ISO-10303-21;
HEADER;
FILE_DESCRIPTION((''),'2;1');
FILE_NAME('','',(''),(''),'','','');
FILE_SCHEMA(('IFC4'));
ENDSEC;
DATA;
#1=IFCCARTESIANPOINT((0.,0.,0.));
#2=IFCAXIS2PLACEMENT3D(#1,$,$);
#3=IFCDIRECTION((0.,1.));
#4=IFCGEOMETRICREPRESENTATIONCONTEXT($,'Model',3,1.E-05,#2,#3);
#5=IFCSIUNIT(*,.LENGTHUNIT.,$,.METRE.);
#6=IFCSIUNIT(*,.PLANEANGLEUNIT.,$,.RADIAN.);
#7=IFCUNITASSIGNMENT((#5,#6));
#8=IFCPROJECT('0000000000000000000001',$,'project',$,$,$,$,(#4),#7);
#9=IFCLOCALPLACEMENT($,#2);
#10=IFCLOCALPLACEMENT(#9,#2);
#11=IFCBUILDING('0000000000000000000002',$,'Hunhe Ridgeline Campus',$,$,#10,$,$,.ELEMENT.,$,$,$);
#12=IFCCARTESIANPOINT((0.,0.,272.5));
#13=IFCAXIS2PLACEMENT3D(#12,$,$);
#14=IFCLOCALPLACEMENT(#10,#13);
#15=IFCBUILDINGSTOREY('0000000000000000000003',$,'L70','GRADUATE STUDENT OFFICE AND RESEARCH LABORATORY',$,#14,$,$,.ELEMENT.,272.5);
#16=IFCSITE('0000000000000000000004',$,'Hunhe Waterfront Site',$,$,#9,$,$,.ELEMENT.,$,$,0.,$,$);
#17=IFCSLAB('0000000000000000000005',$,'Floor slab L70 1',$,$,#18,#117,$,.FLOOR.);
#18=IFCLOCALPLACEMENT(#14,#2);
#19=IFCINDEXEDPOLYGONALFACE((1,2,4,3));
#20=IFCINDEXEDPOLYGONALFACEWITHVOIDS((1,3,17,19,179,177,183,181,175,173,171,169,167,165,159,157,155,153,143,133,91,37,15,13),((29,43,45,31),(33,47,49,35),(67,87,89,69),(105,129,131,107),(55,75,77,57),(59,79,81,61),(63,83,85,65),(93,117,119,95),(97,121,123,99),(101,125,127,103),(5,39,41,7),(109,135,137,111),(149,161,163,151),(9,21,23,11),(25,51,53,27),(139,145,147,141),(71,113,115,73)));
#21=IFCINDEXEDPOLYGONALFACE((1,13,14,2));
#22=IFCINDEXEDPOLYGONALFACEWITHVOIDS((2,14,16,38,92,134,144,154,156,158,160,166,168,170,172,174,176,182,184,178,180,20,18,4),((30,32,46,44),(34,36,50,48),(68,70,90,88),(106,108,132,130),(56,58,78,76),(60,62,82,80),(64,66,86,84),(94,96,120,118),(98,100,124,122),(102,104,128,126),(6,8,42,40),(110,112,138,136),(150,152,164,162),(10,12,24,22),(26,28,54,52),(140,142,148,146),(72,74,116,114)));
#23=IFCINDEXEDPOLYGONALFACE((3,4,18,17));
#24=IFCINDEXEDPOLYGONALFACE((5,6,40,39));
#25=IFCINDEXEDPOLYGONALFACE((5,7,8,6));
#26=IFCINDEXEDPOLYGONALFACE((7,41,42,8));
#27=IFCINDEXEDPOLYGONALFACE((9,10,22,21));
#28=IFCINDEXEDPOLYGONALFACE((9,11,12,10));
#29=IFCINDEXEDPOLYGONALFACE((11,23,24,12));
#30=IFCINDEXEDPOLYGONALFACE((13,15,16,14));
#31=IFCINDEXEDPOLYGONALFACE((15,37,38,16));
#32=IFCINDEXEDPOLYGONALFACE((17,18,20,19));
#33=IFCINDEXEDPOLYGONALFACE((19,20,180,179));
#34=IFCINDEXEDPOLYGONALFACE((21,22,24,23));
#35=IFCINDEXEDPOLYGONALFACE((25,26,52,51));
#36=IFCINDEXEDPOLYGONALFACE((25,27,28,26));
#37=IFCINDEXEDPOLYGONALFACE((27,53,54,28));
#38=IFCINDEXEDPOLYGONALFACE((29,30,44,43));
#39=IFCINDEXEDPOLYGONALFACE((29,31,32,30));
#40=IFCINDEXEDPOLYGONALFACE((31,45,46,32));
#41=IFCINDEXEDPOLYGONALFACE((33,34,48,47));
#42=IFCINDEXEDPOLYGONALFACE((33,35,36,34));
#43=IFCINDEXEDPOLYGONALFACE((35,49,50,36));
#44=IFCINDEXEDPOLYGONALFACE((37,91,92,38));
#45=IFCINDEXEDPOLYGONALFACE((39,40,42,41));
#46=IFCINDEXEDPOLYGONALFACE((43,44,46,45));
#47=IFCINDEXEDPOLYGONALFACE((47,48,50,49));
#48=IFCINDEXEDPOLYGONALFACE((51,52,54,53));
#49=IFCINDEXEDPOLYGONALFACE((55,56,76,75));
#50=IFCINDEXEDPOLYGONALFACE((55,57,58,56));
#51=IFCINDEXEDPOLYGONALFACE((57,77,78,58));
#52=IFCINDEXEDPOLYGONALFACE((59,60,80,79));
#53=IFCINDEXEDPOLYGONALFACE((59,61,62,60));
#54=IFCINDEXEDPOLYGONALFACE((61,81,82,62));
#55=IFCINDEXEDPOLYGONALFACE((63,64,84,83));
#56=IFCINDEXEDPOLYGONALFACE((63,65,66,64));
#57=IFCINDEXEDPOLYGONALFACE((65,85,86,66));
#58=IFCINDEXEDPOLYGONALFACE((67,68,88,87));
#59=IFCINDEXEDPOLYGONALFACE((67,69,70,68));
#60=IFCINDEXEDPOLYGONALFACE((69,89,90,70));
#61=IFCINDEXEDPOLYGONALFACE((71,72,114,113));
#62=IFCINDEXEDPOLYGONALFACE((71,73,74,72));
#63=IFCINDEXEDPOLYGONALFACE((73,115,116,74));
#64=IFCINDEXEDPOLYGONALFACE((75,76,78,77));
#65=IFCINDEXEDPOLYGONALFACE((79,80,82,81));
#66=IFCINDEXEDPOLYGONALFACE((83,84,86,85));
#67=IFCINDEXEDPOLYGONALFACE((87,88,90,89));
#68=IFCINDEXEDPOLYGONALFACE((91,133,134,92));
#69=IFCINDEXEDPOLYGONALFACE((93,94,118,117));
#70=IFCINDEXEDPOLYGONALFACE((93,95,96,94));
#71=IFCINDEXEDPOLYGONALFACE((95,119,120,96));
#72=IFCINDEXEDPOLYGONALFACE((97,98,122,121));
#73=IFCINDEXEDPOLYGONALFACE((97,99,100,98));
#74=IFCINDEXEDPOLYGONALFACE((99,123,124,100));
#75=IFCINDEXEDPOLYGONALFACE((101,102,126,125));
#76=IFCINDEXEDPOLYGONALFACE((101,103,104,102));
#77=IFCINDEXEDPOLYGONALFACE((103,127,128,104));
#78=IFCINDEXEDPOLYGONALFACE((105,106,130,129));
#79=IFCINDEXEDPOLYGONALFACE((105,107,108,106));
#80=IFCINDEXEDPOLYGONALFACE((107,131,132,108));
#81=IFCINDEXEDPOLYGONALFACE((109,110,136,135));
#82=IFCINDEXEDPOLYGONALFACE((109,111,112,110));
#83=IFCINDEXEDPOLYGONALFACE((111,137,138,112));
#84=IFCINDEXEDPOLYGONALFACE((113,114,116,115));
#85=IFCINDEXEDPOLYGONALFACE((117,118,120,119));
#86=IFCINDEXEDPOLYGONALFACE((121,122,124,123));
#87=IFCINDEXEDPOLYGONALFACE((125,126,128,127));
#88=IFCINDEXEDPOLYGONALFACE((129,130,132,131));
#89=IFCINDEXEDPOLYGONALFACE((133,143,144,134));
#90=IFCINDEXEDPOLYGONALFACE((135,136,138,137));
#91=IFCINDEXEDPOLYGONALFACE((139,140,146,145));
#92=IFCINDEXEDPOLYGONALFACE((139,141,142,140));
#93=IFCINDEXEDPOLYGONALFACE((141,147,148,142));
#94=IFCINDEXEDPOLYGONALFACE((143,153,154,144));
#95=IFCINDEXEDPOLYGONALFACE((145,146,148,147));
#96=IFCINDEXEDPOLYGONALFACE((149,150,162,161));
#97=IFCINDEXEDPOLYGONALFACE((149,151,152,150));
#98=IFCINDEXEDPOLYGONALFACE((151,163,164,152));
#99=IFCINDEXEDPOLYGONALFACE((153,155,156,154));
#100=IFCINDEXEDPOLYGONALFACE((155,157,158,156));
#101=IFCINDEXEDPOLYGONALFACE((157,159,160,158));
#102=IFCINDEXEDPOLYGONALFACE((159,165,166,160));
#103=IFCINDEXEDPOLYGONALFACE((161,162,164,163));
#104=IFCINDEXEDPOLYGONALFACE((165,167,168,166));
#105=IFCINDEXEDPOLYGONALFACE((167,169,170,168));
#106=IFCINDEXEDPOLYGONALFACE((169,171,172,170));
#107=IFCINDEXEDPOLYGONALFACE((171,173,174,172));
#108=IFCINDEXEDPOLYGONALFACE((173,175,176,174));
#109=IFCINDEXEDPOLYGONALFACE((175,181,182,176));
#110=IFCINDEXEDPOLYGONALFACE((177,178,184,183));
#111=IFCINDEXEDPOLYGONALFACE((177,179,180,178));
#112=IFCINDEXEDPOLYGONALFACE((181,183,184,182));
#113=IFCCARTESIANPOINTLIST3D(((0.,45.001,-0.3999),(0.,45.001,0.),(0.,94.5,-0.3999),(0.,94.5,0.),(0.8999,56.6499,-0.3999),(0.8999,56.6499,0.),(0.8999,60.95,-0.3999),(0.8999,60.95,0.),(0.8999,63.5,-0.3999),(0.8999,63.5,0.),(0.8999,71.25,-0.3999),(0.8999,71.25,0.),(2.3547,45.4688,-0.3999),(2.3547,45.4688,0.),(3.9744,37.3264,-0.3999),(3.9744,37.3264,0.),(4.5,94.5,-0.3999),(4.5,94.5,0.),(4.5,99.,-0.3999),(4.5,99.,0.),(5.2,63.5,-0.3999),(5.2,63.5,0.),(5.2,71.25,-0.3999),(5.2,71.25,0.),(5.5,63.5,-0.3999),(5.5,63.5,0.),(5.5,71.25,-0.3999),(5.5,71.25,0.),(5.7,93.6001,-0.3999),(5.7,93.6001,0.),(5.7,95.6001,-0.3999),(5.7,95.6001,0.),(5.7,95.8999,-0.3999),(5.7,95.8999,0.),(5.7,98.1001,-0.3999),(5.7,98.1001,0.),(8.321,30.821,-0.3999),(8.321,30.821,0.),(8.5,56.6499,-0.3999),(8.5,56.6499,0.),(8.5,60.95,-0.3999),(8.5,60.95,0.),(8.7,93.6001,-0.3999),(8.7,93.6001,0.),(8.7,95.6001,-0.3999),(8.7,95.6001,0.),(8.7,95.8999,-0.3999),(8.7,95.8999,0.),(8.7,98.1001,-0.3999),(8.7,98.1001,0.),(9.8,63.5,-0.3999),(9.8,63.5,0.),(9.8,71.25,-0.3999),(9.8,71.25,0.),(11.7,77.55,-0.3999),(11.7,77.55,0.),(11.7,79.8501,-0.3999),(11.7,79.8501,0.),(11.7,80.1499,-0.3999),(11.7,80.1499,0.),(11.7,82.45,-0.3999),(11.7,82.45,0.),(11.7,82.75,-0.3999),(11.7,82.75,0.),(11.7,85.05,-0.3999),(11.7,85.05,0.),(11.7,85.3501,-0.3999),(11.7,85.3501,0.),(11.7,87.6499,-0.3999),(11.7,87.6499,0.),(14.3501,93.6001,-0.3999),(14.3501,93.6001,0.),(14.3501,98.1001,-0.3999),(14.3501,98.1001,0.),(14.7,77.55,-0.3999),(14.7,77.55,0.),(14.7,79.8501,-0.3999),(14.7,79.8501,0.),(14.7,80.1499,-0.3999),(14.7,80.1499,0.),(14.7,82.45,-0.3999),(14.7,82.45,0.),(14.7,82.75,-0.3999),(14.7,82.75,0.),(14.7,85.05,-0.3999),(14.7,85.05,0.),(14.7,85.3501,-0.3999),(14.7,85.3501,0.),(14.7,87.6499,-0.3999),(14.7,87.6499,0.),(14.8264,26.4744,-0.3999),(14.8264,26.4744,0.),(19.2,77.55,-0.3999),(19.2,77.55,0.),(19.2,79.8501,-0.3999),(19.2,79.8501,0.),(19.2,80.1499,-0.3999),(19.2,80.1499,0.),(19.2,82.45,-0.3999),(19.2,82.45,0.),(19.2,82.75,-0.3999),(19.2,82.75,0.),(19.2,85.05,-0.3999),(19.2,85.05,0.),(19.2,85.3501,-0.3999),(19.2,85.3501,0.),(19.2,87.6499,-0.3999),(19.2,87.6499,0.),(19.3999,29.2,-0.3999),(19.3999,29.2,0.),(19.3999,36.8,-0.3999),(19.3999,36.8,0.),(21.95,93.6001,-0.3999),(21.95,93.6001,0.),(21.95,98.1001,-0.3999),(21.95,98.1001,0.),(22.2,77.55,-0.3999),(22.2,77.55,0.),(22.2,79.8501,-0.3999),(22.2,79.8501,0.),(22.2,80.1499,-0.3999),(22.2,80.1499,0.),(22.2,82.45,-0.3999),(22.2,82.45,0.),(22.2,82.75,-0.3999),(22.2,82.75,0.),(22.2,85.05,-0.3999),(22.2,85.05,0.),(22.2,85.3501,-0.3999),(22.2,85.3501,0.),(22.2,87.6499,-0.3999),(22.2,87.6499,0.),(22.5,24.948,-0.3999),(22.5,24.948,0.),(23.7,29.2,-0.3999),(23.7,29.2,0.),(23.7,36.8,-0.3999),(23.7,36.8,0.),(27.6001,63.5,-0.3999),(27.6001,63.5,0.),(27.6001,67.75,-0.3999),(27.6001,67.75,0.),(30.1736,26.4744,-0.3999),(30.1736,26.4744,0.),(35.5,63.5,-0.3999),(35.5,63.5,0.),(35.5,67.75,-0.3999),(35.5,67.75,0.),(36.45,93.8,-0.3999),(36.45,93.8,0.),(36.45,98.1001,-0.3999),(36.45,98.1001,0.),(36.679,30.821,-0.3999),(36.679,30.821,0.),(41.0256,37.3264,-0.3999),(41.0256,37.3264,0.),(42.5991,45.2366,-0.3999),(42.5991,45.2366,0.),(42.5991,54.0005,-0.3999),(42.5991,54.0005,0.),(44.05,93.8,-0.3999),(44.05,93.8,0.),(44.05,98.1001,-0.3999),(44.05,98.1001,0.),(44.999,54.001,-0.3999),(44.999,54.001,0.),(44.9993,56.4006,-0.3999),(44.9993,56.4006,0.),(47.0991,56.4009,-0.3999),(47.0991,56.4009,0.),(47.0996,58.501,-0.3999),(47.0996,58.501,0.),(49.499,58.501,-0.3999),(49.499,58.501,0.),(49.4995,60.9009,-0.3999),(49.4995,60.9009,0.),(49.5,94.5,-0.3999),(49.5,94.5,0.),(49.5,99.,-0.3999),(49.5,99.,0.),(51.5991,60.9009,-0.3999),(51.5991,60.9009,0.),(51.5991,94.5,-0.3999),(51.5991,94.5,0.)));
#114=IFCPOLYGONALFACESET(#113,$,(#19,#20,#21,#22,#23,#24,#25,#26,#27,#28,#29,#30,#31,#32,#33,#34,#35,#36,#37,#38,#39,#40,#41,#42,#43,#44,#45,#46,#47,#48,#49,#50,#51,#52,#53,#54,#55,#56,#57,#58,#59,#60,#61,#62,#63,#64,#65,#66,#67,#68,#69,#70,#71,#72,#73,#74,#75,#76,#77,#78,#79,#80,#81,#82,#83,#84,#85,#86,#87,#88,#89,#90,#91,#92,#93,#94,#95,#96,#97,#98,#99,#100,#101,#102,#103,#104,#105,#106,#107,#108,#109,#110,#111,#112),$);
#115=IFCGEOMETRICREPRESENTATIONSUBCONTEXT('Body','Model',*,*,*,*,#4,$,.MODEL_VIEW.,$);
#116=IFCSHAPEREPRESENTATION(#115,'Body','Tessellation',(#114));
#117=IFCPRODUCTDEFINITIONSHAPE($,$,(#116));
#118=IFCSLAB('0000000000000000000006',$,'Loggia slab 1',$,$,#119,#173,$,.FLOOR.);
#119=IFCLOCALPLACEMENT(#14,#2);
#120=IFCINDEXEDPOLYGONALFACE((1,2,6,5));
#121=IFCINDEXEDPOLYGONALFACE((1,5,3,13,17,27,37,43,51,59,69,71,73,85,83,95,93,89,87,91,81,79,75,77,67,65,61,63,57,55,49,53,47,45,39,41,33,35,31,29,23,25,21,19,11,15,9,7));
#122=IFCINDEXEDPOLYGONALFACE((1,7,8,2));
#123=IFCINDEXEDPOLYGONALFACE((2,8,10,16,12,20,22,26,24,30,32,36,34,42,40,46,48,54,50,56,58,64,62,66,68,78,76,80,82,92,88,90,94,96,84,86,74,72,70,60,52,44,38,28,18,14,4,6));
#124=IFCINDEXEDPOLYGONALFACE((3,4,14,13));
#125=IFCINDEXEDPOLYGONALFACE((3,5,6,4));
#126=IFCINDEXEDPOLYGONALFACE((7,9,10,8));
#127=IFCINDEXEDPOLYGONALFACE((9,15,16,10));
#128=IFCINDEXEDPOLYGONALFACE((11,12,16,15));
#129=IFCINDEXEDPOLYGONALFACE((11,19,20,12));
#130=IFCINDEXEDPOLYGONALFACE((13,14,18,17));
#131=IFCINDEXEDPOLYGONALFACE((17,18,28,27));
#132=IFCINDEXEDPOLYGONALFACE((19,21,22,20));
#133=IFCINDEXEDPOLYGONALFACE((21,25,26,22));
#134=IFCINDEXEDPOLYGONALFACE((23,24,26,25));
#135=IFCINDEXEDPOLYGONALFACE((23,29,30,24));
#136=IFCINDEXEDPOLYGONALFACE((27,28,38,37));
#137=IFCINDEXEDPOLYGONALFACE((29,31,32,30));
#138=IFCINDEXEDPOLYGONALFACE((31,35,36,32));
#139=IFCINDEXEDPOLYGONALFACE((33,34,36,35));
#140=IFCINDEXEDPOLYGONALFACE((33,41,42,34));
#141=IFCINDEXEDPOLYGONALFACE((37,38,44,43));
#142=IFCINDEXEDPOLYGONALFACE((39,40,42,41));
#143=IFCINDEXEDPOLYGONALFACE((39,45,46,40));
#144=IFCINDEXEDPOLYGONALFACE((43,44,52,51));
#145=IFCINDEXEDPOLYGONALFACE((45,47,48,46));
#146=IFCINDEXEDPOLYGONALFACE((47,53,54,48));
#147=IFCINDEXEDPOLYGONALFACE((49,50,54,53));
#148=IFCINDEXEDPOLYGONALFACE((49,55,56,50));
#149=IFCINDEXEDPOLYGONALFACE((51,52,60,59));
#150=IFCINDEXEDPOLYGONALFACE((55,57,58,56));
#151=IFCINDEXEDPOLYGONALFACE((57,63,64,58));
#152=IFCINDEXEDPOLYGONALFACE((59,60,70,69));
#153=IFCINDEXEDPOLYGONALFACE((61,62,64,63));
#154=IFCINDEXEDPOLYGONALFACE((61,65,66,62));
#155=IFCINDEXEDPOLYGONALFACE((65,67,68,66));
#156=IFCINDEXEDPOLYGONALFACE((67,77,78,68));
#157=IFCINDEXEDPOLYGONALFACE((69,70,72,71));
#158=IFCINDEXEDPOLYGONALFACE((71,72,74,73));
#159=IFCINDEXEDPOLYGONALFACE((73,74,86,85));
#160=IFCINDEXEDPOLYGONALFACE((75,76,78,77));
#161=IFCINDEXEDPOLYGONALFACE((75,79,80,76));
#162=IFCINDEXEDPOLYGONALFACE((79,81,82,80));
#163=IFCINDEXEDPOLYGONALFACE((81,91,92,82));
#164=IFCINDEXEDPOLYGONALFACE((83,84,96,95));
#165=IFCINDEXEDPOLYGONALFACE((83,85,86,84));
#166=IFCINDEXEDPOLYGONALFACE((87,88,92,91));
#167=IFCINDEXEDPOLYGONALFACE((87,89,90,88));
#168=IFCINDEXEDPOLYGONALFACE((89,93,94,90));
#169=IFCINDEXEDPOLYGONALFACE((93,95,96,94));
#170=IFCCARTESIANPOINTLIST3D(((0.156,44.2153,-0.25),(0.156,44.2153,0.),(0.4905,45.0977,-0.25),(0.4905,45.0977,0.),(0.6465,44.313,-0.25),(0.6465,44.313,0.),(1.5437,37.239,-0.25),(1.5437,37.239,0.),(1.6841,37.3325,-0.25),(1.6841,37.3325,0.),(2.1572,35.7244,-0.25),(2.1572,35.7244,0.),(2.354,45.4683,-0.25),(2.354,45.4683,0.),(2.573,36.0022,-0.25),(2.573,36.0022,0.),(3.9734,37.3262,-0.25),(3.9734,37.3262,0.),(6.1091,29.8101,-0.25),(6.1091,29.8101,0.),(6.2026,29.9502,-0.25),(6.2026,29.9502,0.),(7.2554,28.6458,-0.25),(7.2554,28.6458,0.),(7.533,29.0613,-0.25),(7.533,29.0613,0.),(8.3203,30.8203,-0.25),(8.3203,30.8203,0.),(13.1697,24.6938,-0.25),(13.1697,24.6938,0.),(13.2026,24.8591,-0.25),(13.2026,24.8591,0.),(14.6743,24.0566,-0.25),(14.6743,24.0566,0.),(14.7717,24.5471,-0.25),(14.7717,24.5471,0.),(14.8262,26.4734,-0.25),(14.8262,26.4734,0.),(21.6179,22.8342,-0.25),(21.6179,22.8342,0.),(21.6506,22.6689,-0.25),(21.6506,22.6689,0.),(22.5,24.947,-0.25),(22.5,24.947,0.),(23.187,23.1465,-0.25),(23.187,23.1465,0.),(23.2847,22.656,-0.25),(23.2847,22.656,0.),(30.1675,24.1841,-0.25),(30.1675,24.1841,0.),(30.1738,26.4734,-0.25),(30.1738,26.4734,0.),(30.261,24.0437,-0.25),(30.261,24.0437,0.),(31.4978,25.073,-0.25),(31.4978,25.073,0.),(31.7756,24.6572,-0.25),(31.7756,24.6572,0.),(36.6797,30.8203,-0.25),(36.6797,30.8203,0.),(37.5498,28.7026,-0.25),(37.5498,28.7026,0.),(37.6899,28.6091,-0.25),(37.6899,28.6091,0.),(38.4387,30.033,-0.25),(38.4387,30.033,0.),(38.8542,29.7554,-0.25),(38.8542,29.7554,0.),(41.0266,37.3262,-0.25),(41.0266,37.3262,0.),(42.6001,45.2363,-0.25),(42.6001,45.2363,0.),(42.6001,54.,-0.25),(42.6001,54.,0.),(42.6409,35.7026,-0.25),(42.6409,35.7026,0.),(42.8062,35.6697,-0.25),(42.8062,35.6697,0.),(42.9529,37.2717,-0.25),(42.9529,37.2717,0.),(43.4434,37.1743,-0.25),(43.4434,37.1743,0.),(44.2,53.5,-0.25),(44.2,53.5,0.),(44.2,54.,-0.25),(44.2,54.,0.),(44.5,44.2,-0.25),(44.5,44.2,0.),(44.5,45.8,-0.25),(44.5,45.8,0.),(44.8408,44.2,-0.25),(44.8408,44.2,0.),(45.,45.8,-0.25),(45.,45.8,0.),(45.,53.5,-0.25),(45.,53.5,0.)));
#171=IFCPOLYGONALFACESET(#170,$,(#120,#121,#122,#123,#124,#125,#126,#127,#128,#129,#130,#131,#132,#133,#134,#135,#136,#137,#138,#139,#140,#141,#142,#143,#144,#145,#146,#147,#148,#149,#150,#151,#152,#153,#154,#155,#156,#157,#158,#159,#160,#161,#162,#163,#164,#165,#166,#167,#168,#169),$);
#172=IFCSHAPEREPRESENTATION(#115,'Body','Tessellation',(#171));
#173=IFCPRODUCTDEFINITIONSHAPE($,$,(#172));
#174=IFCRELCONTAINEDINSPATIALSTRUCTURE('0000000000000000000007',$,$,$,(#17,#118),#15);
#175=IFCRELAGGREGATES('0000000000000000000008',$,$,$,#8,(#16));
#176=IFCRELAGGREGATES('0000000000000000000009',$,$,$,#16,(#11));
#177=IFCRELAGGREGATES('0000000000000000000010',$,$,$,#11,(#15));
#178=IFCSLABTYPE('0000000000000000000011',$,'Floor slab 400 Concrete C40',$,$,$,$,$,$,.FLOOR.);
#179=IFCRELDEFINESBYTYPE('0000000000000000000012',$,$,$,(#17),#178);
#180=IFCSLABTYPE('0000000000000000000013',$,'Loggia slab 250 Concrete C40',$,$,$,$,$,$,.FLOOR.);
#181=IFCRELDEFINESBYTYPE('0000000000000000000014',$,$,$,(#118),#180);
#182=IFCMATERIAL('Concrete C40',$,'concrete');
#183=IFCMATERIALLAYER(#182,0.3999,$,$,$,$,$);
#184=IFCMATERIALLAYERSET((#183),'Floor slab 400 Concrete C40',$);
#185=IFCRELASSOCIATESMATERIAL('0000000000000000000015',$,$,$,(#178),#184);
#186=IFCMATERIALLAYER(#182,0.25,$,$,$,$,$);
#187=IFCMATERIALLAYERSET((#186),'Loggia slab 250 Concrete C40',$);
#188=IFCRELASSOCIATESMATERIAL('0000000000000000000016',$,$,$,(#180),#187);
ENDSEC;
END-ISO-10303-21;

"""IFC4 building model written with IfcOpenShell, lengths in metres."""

from ifc_helpers import new_model, si_unit, direction, frame, origin, place, context, subcontext, project, spatial, polyline, outline, extrude, material, layer, layer_set, type_object, element, save


model = new_model("IFC4")

# Units and contexts
model_context = context("Model", 3, precision=1e-05, world=origin(), true_north=direction((0.0, 1.0)))
body_context = subcontext(model_context, "Body", "Model", "MODEL_VIEW")
ifc_project = project(units=[si_unit("LENGTHUNIT", "METRE"), si_unit("PLANEANGLEUNIT", "RADIAN")], contexts=[model_context])

# Site, building, storey
site_placement = place(None, origin())
site = spatial("IfcSite", under=ifc_project, at=site_placement, Name="Hunhe Waterfront Site", CompositionType="ELEMENT", RefElevation=0.0)
building_placement = place(site_placement, origin())
building = spatial("IfcBuilding", under=site, at=building_placement, Name="Hunhe Ridgeline Campus", CompositionType="ELEMENT")
storey_placement = place(building_placement, frame((0.0, 0.0, 272.5)))
storey = spatial("IfcBuildingStorey", under=building, at=storey_placement, Name="L70", Description="GRADUATE STUDENT OFFICE AND RESEARCH LABORATORY", CompositionType="ELEMENT", Elevation=272.5)

# Slabs
ifc_material_1 = material(Name="Concrete C40", Category="concrete")
ifc_layer_1 = layer(ifc_material_1, 0.3999)
ifc_layer_set_1 = layer_set([ifc_layer_1], Name="Floor slab 400 Concrete C40")
slab_type_1 = type_object("IfcSlabType", Name="Floor slab 400 Concrete C40", PredefinedType="FLOOR", material=ifc_layer_set_1)
slab_1_placement = place(storey_placement, frame((0.0, 0.0, -0.3999)))
element("IfcSlab", 1, at=slab_1_placement, inside=storey, type_object=slab_type_1, Name="Floor slab L70 1", PredefinedType="FLOOR", context=body_context, shape_type="SweptSolid", body=[
    extrude(outline(polyline([(36.679, 30.821), (41.0256, 37.3264), (42.5991, 45.2366), (42.5991, 54.0005), (44.999, 54.001), (44.9993, 56.4006), (47.0991, 56.4009), (47.0996, 58.501), (49.499, 58.501), (49.4995, 60.9009), (51.5991, 60.9009), (51.5991, 94.5), (49.5, 94.5), (49.5, 99.0), (4.5, 99.0), (4.5, 94.5), (0.0, 94.5), (0.0, 45.001), (2.3547, 45.4688), (3.9744, 37.3264), (8.321, 30.821), (14.8264, 26.4744), (22.5, 24.948), (30.1736, 26.4744), (36.679, 30.821)]), holes=[polyline([(36.45, 98.1001), (36.45, 93.8), (44.05, 93.8), (44.05, 98.1001), (36.45, 98.1001)]), polyline([(27.6001, 63.5), (35.5, 63.5), (35.5, 67.75), (27.6001, 67.75), (27.6001, 63.5)]), polyline([(19.3999, 36.8), (19.3999, 29.2), (23.7, 29.2), (23.7, 36.8), (19.3999, 36.8)]), polyline([(22.2, 87.6499), (19.2, 87.6499), (19.2, 85.3501), (22.2, 85.3501), (22.2, 87.6499)]), polyline([(22.2, 77.55), (22.2, 79.8501), (19.2, 79.8501), (19.2, 77.55), (22.2, 77.55)]), polyline([(19.2, 85.05), (19.2, 82.75), (22.2, 82.75), (22.2, 85.05), (19.2, 85.05)]), polyline([(19.2, 80.1499), (22.2, 80.1499), (22.2, 82.45), (19.2, 82.45), (19.2, 80.1499)]), polyline([(14.3501, 98.1001), (14.3501, 93.6001), (21.95, 93.6001), (21.95, 98.1001), (14.3501, 98.1001)]), polyline([(14.7, 87.6499), (11.7, 87.6499), (11.7, 85.3501), (14.7, 85.3501), (14.7, 87.6499)]), polyline([(14.7, 77.55), (14.7, 79.8501), (11.7, 79.8501), (11.7, 77.55), (14.7, 77.55)]), polyline([(11.7, 85.05), (11.7, 82.75), (14.7, 82.75), (14.7, 85.05), (11.7, 85.05)]), polyline([(11.7, 80.1499), (14.7, 80.1499), (14.7, 82.45), (11.7, 82.45), (11.7, 80.1499)]), polyline([(9.8, 63.5), (9.8, 71.25), (5.5, 71.25), (5.5, 63.5), (9.8, 63.5)]), polyline([(8.7, 93.6001), (8.7, 95.6001), (5.7, 95.6001), (5.7, 93.6001), (8.7, 93.6001)]), polyline([(5.7, 95.8999), (8.7, 95.8999), (8.7, 98.1001), (5.7, 98.1001), (5.7, 95.8999)]), polyline([(0.8999, 60.95), (0.8999, 56.6499), (8.5, 56.6499), (8.5, 60.95), (0.8999, 60.95)]), polyline([(5.2, 71.25), (0.8999, 71.25), (0.8999, 63.5), (5.2, 63.5), (5.2, 71.25)])]), origin(), (0.0, 0.0, 1.0), 0.3999),
])
ifc_layer_2 = layer(ifc_material_1, 0.25)
ifc_layer_set_2 = layer_set([ifc_layer_2], Name="Loggia slab 250 Concrete C40")
slab_type_2 = type_object("IfcSlabType", Name="Loggia slab 250 Concrete C40", PredefinedType="FLOOR", material=ifc_layer_set_2)
slab_2_placement = place(storey_placement, frame((0.0, 0.0, -0.25)))
element("IfcSlab", 2, at=slab_2_placement, inside=storey, type_object=slab_type_2, Name="Loggia slab 1", PredefinedType="FLOOR", context=body_context, shape_type="SweptSolid", body=[
    extrude(outline(polyline([(30.1738, 26.4734), (22.5, 24.947), (14.8262, 26.4734), (8.3203, 30.8203), (3.9734, 37.3262), (2.354, 45.4683), (0.4905, 45.0977), (0.6465, 44.313), (0.156, 44.2153), (1.5437, 37.239), (1.6841, 37.3325), (2.573, 36.0022), (2.1572, 35.7244), (6.1091, 29.8101), (6.2026, 29.9502), (7.533, 29.0613), (7.2554, 28.6458), (13.1697, 24.6938), (13.2026, 24.8591), (14.7717, 24.5471), (14.6743, 24.0566), (21.6506, 22.6689), (21.6179, 22.8342), (23.187, 23.1465), (23.2847, 22.656), (30.261, 24.0437), (30.1675, 24.1841), (31.4978, 25.073), (31.7756, 24.6572), (37.6899, 28.6091), (37.5498, 28.7026), (38.4387, 30.033), (38.8542, 29.7554), (42.8062, 35.6697), (42.6409, 35.7026), (42.9529, 37.2717), (43.4434, 37.1743), (44.8408, 44.2), (44.5, 44.2), (44.5, 45.8), (45.0, 45.8), (45.0, 53.5), (44.2, 53.5), (44.2, 54.0), (42.6001, 54.0), (42.6001, 45.2363), (41.0266, 37.3262), (36.6797, 30.8203), (30.1738, 26.4734)])), origin(), (0.0, 0.0, 1.0), 0.25),
])

save(model, "model.ifc")
